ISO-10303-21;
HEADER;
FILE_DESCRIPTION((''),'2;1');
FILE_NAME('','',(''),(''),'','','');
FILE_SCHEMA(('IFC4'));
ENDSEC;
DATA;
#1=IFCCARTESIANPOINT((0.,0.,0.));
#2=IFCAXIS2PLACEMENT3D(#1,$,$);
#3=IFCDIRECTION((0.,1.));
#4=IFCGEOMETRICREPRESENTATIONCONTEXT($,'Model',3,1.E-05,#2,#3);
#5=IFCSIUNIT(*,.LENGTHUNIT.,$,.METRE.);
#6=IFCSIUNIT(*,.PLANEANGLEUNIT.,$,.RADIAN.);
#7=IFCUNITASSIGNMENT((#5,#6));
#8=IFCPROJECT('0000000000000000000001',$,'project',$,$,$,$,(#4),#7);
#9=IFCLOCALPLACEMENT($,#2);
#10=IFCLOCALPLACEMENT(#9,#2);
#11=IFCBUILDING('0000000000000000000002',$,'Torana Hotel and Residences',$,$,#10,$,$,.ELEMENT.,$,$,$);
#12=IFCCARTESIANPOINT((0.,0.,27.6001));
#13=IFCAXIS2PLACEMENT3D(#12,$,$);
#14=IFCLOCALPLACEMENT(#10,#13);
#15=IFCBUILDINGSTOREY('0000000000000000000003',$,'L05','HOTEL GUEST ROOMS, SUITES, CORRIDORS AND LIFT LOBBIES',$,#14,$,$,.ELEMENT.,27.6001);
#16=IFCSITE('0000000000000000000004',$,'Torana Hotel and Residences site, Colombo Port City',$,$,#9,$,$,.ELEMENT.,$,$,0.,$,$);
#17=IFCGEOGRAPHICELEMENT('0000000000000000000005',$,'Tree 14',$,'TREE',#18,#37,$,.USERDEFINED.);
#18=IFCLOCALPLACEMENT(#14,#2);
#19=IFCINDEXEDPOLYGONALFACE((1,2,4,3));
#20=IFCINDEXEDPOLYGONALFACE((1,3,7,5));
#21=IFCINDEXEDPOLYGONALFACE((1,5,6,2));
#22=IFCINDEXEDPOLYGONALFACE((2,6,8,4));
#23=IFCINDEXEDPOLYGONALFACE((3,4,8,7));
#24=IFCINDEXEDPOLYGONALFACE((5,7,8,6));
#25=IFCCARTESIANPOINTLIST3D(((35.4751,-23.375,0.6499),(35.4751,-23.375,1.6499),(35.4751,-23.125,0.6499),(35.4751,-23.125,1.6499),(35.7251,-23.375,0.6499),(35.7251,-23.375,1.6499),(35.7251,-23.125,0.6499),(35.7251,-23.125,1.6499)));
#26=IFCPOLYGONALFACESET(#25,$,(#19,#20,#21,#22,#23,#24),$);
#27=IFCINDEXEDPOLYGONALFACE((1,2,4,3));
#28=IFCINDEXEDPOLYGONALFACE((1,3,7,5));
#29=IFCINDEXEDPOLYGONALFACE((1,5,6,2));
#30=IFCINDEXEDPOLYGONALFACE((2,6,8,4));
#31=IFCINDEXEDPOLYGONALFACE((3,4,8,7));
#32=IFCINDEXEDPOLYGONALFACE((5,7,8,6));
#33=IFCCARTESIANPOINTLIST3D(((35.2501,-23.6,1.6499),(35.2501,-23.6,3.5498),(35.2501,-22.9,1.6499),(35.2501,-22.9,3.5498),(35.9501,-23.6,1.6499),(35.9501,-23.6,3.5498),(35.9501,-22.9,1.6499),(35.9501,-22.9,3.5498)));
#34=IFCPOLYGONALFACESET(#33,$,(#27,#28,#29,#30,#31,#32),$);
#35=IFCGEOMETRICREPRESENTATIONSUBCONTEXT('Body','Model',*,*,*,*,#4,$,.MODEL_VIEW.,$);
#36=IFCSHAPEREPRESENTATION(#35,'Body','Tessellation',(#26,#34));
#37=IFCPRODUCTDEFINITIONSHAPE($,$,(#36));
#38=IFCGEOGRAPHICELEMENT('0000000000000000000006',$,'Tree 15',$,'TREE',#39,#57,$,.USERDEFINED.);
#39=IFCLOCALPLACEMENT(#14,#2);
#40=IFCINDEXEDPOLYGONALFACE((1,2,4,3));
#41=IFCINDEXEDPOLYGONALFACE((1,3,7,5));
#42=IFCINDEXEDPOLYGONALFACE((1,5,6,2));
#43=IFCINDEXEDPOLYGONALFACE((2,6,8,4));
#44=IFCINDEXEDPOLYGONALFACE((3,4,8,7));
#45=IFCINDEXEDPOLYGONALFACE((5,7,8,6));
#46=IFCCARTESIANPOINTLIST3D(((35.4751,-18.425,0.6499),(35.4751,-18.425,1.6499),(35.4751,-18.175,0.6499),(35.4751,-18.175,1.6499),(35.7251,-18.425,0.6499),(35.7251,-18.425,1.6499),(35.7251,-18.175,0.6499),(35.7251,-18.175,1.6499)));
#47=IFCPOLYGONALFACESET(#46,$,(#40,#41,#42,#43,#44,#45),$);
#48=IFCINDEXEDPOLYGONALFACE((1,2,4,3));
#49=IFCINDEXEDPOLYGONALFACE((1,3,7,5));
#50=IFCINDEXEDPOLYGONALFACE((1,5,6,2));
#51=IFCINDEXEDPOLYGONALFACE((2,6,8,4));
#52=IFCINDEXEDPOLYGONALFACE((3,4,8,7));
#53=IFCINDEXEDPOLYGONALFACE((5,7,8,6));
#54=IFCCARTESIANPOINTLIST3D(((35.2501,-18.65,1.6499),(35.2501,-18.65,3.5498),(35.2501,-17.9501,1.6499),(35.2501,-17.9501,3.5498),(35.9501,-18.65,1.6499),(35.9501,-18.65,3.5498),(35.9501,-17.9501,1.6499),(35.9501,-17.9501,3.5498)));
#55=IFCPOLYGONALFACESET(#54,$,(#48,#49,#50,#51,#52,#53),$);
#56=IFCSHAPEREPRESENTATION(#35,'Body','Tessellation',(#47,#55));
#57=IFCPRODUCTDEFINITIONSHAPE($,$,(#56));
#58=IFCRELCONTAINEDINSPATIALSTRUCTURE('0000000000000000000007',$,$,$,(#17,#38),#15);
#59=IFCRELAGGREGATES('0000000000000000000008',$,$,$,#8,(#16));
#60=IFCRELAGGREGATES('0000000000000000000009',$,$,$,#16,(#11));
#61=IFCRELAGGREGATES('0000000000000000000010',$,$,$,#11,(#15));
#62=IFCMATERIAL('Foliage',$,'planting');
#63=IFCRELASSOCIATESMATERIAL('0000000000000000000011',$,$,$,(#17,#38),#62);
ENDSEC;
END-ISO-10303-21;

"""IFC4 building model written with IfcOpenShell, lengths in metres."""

from ifc_helpers import new_model, si_unit, direction, frame, origin, origin_2d, place, context, subcontext, project, spatial, rectangle, extrude, material, element, save


model = new_model("IFC4")

# Units and contexts
model_context = context("Model", 3, precision=1e-05, world=origin(), true_north=direction((0.0, 1.0)))
body_context = subcontext(model_context, "Body", "Model", "MODEL_VIEW")
ifc_project = project(units=[si_unit("LENGTHUNIT", "METRE"), si_unit("PLANEANGLEUNIT", "RADIAN")], contexts=[model_context])

# Site, building, storey
site_placement = place(None, origin())
site = spatial("IfcSite", under=ifc_project, at=site_placement, Name="Torana Hotel and Residences site, Colombo Port City", CompositionType="ELEMENT", RefElevation=0.0)
building_placement = place(site_placement, origin())
building = spatial("IfcBuilding", under=site, at=building_placement, Name="Torana Hotel and Residences", CompositionType="ELEMENT")
storey_placement = place(building_placement, frame((0.0, 0.0, 27.6001)))
storey = spatial("IfcBuildingStorey", under=building, at=storey_placement, Name="L05", Description="HOTEL GUEST ROOMS, SUITES, CORRIDORS AND LIFT LOBBIES", CompositionType="ELEMENT", Elevation=27.6001)

# Geographic elements
ifc_material_1 = material(Name="Foliage", Category="planting")
for number, where, z_axis, x_axis, name in (
    (1, (35.6001, -23.25, 0.6499), (0.0, 0.0, 1.0), (1.0, 0.0, 0.0), "Tree 14"),
    (2, (35.6001, -18.3, 0.6499), (0.0, 0.0, 1.0), (1.0, 0.0, 0.0), "Tree 15"),
):
    element("IfcGeographicElement", number, at=place(storey_placement, frame(where, z_axis=z_axis, x_axis=x_axis)), inside=storey, material=ifc_material_1, Name=name, ObjectType="TREE", PredefinedType="USERDEFINED", context=body_context, shape_type="SweptSolid", body=[
        extrude(rectangle(XDim=0.25, YDim=0.25, at=origin_2d()), origin(), (0.0, 0.0, 1.0), 1.0),
        extrude(rectangle(XDim=0.7, YDim=0.7, at=origin_2d()), frame((0.0, 0.0, 1.0)), (0.0, 0.0, 1.0), 1.8999),
    ])

save(model, "model.ifc")
